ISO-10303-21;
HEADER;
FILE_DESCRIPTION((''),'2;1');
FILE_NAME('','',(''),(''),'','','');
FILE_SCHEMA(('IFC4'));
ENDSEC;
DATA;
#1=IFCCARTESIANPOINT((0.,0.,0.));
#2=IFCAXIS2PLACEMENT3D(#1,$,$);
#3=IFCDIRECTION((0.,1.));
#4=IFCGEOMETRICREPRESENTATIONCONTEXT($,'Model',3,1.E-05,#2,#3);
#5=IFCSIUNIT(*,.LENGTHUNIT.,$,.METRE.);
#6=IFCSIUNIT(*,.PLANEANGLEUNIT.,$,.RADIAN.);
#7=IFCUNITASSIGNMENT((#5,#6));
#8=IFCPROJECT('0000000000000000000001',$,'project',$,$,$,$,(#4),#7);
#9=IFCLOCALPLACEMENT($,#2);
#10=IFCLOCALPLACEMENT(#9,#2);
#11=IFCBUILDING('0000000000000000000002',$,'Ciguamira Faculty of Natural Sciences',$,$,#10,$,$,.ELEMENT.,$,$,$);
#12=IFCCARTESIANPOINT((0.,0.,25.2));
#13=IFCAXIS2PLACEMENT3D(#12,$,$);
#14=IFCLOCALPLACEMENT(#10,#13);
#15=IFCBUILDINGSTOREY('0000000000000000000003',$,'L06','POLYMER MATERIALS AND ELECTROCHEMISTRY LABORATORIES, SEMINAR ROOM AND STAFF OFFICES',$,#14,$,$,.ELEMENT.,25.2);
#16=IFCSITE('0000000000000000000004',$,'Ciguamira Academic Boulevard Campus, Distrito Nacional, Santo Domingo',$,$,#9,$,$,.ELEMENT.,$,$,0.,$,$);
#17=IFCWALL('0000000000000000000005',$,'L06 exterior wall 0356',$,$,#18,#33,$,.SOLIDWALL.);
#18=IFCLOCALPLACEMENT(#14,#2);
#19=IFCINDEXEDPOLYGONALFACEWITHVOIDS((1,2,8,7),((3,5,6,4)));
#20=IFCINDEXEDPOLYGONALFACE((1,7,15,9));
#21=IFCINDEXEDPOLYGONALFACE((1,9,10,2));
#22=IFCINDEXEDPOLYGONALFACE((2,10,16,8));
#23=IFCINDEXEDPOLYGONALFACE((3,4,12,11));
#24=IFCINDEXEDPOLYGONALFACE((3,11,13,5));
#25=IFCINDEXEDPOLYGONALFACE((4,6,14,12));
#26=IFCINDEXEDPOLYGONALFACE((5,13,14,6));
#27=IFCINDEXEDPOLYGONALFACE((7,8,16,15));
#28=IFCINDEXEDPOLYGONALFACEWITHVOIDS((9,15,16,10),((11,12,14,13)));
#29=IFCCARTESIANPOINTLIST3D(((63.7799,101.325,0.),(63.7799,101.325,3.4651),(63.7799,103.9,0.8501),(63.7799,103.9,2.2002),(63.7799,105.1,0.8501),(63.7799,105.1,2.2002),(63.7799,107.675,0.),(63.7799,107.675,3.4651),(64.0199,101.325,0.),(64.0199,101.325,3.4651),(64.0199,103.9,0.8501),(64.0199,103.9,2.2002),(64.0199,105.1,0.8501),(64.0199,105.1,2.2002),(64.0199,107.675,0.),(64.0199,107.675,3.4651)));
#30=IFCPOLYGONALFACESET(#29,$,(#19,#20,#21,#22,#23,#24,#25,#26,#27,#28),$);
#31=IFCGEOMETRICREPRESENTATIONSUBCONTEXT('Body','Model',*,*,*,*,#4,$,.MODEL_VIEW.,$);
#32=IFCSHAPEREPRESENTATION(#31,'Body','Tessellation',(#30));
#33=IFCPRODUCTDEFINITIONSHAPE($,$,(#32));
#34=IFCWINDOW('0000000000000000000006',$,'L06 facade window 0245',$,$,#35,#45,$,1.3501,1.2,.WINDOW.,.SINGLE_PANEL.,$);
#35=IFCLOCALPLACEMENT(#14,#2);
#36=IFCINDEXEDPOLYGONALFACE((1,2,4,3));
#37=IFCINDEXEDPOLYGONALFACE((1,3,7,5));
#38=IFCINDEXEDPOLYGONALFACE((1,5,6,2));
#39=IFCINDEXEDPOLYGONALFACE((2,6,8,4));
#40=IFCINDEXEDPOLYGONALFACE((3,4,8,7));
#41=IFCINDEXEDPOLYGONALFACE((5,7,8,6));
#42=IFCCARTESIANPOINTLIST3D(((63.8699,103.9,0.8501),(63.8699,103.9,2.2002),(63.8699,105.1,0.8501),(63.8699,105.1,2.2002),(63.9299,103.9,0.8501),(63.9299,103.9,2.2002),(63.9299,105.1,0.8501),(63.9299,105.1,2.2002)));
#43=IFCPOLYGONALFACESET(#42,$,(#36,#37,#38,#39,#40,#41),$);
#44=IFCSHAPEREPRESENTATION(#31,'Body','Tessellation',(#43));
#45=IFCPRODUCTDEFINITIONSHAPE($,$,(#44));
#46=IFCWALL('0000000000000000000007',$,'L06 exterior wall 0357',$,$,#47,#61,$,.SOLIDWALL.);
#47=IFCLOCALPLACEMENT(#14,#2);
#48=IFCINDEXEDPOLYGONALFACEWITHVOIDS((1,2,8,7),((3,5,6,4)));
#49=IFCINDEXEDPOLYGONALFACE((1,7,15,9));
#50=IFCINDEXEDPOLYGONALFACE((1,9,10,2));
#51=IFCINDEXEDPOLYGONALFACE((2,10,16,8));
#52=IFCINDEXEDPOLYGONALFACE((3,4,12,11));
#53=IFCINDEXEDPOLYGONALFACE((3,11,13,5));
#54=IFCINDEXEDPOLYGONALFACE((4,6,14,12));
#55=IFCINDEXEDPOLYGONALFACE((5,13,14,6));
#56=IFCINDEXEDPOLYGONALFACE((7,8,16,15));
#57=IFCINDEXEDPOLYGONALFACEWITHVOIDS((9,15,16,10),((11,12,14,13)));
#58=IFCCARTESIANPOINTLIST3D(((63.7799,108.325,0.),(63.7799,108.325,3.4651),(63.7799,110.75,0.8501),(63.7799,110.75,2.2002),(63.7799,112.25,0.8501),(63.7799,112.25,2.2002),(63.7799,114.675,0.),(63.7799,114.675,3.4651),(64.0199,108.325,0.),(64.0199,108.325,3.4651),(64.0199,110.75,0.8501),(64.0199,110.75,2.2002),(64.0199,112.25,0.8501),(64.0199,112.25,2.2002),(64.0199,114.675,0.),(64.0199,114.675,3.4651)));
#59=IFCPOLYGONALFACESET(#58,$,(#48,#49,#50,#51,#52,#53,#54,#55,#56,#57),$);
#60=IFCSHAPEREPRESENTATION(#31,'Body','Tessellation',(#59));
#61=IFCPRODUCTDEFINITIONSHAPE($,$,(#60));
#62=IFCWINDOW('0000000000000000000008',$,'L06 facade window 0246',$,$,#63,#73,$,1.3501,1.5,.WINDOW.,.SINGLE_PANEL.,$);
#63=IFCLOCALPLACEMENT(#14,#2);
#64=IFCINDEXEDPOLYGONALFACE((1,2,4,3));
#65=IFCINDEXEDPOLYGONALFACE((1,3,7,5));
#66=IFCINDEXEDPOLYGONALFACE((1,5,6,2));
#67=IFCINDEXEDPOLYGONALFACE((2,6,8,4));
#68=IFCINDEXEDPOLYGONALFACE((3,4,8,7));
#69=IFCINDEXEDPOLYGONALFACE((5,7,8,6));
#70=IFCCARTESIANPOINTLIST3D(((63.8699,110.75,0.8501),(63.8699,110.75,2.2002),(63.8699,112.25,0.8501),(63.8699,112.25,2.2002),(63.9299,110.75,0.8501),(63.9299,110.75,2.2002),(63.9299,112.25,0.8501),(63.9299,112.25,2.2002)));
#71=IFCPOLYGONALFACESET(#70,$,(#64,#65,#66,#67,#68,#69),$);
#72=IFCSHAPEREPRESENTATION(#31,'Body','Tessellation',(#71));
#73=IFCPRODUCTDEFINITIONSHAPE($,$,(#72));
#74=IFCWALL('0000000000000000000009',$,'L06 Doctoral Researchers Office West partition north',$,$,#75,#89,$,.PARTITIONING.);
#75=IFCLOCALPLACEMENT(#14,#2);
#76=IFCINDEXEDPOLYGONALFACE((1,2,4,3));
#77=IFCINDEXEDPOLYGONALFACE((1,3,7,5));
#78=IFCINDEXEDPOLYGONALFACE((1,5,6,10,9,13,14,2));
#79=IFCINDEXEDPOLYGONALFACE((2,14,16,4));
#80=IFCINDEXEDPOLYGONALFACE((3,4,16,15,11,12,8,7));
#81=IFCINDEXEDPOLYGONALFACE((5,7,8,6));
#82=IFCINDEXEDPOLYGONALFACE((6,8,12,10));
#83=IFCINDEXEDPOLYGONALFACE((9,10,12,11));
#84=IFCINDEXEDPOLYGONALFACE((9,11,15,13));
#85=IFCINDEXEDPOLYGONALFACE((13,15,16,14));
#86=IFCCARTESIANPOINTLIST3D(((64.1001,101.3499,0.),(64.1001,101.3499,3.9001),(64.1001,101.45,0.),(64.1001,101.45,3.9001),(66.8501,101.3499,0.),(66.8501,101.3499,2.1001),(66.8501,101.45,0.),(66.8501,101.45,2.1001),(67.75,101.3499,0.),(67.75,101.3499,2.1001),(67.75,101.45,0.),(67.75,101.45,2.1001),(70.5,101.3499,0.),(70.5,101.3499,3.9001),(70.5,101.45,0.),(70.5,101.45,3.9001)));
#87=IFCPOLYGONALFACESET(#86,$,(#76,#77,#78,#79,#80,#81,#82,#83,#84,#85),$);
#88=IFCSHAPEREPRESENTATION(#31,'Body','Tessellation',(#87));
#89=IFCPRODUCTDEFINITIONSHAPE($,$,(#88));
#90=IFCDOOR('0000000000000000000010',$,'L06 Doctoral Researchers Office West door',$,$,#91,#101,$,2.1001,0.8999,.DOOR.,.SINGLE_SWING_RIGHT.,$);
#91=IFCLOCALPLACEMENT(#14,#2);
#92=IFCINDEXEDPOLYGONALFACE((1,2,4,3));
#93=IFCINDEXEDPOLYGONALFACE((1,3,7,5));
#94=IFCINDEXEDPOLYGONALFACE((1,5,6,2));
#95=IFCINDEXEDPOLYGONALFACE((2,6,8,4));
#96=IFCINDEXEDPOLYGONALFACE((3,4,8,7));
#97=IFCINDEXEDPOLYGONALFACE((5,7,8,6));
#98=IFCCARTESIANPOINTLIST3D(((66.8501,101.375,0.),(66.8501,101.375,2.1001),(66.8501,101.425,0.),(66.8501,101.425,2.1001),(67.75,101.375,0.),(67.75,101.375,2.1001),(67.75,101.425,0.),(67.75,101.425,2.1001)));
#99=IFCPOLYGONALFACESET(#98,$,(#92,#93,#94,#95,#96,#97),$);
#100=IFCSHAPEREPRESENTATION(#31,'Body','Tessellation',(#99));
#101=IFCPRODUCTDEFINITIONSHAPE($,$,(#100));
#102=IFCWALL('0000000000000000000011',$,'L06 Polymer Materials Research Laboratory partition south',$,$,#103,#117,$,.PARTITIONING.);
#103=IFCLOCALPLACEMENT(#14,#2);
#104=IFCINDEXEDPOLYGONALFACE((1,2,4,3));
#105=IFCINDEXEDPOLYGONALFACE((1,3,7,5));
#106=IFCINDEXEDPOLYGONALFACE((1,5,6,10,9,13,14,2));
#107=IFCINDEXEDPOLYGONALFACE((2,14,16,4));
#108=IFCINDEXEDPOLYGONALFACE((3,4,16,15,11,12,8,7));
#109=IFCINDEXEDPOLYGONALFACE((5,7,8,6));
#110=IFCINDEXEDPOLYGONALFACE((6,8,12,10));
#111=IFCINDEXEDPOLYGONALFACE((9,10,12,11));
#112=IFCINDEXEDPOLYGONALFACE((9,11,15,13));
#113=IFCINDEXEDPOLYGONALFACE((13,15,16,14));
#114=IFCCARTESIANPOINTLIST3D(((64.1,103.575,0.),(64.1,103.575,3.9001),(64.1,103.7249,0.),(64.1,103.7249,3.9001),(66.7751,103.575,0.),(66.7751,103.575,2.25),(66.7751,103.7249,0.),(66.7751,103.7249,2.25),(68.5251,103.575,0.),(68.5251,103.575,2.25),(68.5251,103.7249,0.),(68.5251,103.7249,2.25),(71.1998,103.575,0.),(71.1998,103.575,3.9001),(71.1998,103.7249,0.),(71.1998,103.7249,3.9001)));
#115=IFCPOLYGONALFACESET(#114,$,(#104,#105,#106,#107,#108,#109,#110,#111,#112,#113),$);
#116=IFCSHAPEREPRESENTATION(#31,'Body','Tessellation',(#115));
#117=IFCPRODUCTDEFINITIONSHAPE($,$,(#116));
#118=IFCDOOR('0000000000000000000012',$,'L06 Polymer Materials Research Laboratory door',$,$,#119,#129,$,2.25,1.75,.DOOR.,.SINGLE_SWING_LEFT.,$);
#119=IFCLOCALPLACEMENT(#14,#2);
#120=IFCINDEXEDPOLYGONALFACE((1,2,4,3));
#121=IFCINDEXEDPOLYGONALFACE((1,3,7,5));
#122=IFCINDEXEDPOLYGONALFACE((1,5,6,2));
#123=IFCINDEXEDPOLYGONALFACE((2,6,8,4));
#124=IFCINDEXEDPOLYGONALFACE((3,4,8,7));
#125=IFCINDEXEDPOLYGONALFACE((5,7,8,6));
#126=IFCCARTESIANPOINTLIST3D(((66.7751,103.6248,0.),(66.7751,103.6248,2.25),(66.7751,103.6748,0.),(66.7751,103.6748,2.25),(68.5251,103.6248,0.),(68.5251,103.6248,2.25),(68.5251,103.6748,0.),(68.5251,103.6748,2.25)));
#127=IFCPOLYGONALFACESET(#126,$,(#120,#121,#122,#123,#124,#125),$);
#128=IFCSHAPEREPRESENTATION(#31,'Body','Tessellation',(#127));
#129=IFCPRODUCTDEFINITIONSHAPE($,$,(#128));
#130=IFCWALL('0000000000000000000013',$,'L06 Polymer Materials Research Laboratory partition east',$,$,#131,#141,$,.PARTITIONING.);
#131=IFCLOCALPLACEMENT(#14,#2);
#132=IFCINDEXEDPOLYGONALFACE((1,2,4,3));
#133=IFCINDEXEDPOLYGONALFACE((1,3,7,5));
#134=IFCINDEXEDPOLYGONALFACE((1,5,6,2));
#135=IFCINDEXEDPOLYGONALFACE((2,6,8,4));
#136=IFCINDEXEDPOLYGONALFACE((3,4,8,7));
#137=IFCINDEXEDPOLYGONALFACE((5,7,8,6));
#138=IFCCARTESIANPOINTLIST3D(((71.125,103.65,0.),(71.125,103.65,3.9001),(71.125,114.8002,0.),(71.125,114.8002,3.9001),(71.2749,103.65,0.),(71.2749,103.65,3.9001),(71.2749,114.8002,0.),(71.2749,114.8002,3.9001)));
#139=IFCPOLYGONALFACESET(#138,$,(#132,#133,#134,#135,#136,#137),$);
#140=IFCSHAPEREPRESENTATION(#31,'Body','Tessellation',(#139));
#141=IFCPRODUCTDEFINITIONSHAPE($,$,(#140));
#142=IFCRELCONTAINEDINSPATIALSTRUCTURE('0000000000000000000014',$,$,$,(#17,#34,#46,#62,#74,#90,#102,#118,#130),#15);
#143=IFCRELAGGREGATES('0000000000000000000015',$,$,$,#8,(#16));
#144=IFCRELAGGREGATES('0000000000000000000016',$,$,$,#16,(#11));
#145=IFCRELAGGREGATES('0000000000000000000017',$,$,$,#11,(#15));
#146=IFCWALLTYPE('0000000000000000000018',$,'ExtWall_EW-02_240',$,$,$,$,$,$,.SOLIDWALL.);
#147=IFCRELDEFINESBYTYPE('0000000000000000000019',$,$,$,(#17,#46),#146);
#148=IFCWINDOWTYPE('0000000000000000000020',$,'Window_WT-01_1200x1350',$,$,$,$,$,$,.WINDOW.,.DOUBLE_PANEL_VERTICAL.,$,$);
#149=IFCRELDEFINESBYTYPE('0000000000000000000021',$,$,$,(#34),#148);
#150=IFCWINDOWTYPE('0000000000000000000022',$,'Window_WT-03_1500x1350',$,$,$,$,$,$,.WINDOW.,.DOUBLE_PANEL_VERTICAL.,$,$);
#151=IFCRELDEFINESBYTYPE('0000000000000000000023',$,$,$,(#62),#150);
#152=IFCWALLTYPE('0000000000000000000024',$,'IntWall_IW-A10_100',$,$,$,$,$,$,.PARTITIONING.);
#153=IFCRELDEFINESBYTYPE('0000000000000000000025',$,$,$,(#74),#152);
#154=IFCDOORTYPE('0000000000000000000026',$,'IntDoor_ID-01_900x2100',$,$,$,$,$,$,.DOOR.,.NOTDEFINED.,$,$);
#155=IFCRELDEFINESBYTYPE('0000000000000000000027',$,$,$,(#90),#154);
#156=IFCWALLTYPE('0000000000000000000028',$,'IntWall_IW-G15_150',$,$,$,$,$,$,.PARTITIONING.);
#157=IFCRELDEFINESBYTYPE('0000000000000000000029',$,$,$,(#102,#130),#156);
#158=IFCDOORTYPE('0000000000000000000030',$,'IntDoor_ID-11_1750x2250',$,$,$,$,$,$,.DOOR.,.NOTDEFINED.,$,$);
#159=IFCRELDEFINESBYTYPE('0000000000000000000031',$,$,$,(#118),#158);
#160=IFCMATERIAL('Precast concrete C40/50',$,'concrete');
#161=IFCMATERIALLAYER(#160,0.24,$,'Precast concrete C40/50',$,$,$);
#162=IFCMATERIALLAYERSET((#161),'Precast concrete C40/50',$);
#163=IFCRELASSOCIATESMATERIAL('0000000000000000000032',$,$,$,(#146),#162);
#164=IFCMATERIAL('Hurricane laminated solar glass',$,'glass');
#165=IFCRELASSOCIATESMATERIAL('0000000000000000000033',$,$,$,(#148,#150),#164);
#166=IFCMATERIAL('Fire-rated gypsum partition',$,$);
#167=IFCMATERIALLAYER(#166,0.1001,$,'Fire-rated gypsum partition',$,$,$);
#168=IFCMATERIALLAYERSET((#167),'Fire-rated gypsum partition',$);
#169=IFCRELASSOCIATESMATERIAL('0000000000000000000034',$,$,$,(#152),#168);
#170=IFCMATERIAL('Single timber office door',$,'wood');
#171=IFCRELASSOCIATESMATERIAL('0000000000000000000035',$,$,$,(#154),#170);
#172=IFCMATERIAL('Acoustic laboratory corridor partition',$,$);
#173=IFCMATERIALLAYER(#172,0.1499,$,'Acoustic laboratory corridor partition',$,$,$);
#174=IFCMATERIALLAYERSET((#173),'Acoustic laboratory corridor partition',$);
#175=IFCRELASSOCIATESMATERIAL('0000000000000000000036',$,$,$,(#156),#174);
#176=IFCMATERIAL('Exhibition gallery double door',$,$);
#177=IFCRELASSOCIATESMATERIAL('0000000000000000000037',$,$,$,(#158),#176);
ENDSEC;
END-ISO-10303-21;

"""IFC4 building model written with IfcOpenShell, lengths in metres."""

from ifc_helpers import new_model, si_unit, direction, frame, frame_2d, origin, place, context, subcontext, project, spatial, rectangle, extrude, material, layer, layer_set, type_object, element, fill, save


model = new_model("IFC4")

# Units and contexts
model_context = context("Model", 3, precision=1e-05, world=origin(), true_north=direction((0.0, 1.0)))
body_context = subcontext(model_context, "Body", "Model", "MODEL_VIEW")
ifc_project = project(units=[si_unit("LENGTHUNIT", "METRE"), si_unit("PLANEANGLEUNIT", "RADIAN")], contexts=[model_context])

# Site, building, storey
site_placement = place(None, origin())
site = spatial("IfcSite", under=ifc_project, at=site_placement, Name="Ciguamira Academic Boulevard Campus, Distrito Nacional, Santo Domingo", CompositionType="ELEMENT", RefElevation=0.0)
building_placement = place(site_placement, origin())
building = spatial("IfcBuilding", under=site, at=building_placement, Name="Ciguamira Faculty of Natural Sciences", CompositionType="ELEMENT")
storey_placement = place(building_placement, frame((0.0, 0.0, 25.2)))
storey = spatial("IfcBuildingStorey", under=building, at=storey_placement, Name="L06", Description="POLYMER MATERIALS AND ELECTROCHEMISTRY LABORATORIES, SEMINAR ROOM AND STAFF OFFICES", CompositionType="ELEMENT", Elevation=25.2)

# Shared definitions
ifc_material_1 = material(Name="Precast concrete C40/50", Category="concrete")

# Walls, openings, windows
ifc_layer_1 = layer(ifc_material_1, 0.24, Name="Precast concrete C40/50")
ifc_layer_set_1 = layer_set([ifc_layer_1], Name="Precast concrete C40/50")
wall_type_1 = type_object("IfcWallType", Name="ExtWall_EW-02_240", PredefinedType="SOLIDWALL", material=ifc_layer_set_1)
wall_1_placement = place(storey_placement, frame((63.8999, 101.325, 0.0), z_axis=(0.0, 0.0, 1.0), x_axis=(0.0, 1.0, 0.0)))
wall_1 = element("IfcWall", 1, at=wall_1_placement, inside=storey, type_object=wall_type_1, Name="L06 exterior wall 0356", PredefinedType="SOLIDWALL", context=body_context, shape_type="SweptSolid", body=[
    extrude(rectangle(XDim=6.3501, YDim=0.24, at=frame_2d((3.175, 0.0))), origin(), (0.0, 0.0, 1.0), 3.4651),
])
opening_1_placement = place(wall_1_placement, frame((2.575, 0.0, 0.8501)))
opening_1 = element("IfcOpeningElement", 2, at=opening_1_placement, cuts=wall_1, PredefinedType="OPENING", context=body_context, shape_type="SweptSolid", body=[
    extrude(rectangle(XDim=1.2, YDim=1.3501, at=frame_2d((0.6001, 0.675))), frame((0.0, 0.1299, 0.0), z_axis=(0.0, -1.0, 0.0), x_axis=(1.0, 0.0, 0.0)), (0.0, 0.0, 1.0), 0.26),
])
ifc_material_2 = material(Name="Hurricane laminated solar glass", Category="glass")
window_type_1 = type_object("IfcWindowType", Name="Window_WT-01_1200x1350", PartitioningType="DOUBLE_PANEL_VERTICAL", PredefinedType="WINDOW", material=ifc_material_2)
window_1_placement = place(opening_1_placement, origin())
window_1 = element("IfcWindow", 3, at=window_1_placement, inside=storey, type_object=window_type_1, Name="L06 facade window 0245", OverallHeight=1.3501, OverallWidth=1.2, PartitioningType="SINGLE_PANEL", PredefinedType="WINDOW", context=body_context, shape_type="SweptSolid", body=[
    extrude(rectangle(XDim=1.2, YDim=1.3501, at=frame_2d((0.6001, 0.675))), frame((0.0, 0.03, 0.0), z_axis=(0.0, -1.0, 0.0), x_axis=(1.0, 0.0, 0.0)), (0.0, 0.0, 1.0), 0.0601),
])
fill(opening_1, window_1)
wall_2_placement = place(storey_placement, frame((63.8999, 108.325, 0.0), z_axis=(0.0, 0.0, 1.0), x_axis=(0.0, 1.0, 0.0)))
wall_2 = element("IfcWall", 4, at=wall_2_placement, inside=storey, type_object=wall_type_1, Name="L06 exterior wall 0357", PredefinedType="SOLIDWALL", context=body_context, shape_type="SweptSolid", body=[
    extrude(rectangle(XDim=6.3501, YDim=0.24, at=frame_2d((3.175, 0.0))), origin(), (0.0, 0.0, 1.0), 3.4651),
])
opening_2_placement = place(wall_2_placement, frame((2.425, 0.0, 0.8501)))
opening_2 = element("IfcOpeningElement", 5, at=opening_2_placement, cuts=wall_2, PredefinedType="OPENING", context=body_context, shape_type="SweptSolid", body=[
    extrude(rectangle(XDim=1.5, YDim=1.3501, at=frame_2d((0.75, 0.675))), frame((0.0, 0.1299, 0.0), z_axis=(0.0, -1.0, 0.0), x_axis=(1.0, 0.0, 0.0)), (0.0, 0.0, 1.0), 0.26),
])
window_type_2 = type_object("IfcWindowType", Name="Window_WT-03_1500x1350", PartitioningType="DOUBLE_PANEL_VERTICAL", PredefinedType="WINDOW", material=ifc_material_2)
window_2_placement = place(opening_2_placement, origin())
window_2 = element("IfcWindow", 6, at=window_2_placement, inside=storey, type_object=window_type_2, Name="L06 facade window 0246", OverallHeight=1.3501, OverallWidth=1.5, PartitioningType="SINGLE_PANEL", PredefinedType="WINDOW", context=body_context, shape_type="SweptSolid", body=[
    extrude(rectangle(XDim=1.5, YDim=1.3501, at=frame_2d((0.75, 0.675))), frame((0.0, 0.03, 0.0), z_axis=(0.0, -1.0, 0.0), x_axis=(1.0, 0.0, 0.0)), (0.0, 0.0, 1.0), 0.0601),
])
fill(opening_2, window_2)

# Walls, openings, doors
ifc_material_3 = material(Name="Fire-rated gypsum partition")
ifc_layer_2 = layer(ifc_material_3, 0.1001, Name="Fire-rated gypsum partition")
ifc_layer_set_2 = layer_set([ifc_layer_2], Name="Fire-rated gypsum partition")
wall_type_2 = type_object("IfcWallType", Name="IntWall_IW-A10_100", PredefinedType="PARTITIONING", material=ifc_layer_set_2)
wall_3_placement = place(storey_placement, frame((64.1001, 101.3999, 0.0), z_axis=(0.0, 0.0, 1.0), x_axis=(1.0, 0.0, 0.0)))
wall_3 = element("IfcWall", 7, at=wall_3_placement, inside=storey, type_object=wall_type_2, Name="L06 Doctoral Researchers Office West partition north", PredefinedType="PARTITIONING", context=body_context, shape_type="SweptSolid", body=[
    extrude(rectangle(XDim=6.3999, YDim=0.1001, at=frame_2d((3.2, 0.0))), origin(), (0.0, 0.0, 1.0), 3.9001),
])
opening_3_placement = place(wall_3_placement, frame((2.75, 0.0, 0.0)))
opening_3 = element("IfcOpeningElement", 8, at=opening_3_placement, cuts=wall_3, PredefinedType="OPENING", context=body_context, shape_type="SweptSolid", body=[
    extrude(rectangle(XDim=0.8999, YDim=2.1001, at=frame_2d((0.45, 1.05))), frame((0.0, 0.0601, 0.0), z_axis=(0.0, -1.0, 0.0), x_axis=(1.0, 0.0, 0.0)), (0.0, 0.0, 1.0), 0.1201),
])
ifc_material_4 = material(Name="Single timber office door", Category="wood")
door_type_1 = type_object("IfcDoorType", Name="IntDoor_ID-01_900x2100", OperationType="NOTDEFINED", PredefinedType="DOOR", material=ifc_material_4)
door_1_placement = place(opening_3_placement, frame((0.8999, 0.0, 0.0), z_axis=(0.0, 0.0, 1.0), x_axis=(-1.0, 0.0, 0.0)))
door_1 = element("IfcDoor", 9, at=door_1_placement, inside=storey, type_object=door_type_1, Name="L06 Doctoral Researchers Office West door", OperationType="SINGLE_SWING_RIGHT", OverallHeight=2.1001, OverallWidth=0.8999, PredefinedType="DOOR", context=body_context, shape_type="SweptSolid", body=[
    extrude(rectangle(XDim=0.8999, YDim=2.1001, at=frame_2d((0.45, 1.05))), frame((0.0, 0.0249, 0.0), z_axis=(0.0, -1.0, 0.0), x_axis=(1.0, 0.0, 0.0)), (0.0, 0.0, 1.0), 0.05),
])
fill(opening_3, door_1)
ifc_material_5 = material(Name="Acoustic laboratory corridor partition")
ifc_layer_3 = layer(ifc_material_5, 0.1499, Name="Acoustic laboratory corridor partition")
ifc_layer_set_3 = layer_set([ifc_layer_3], Name="Acoustic laboratory corridor partition")
wall_type_3 = type_object("IfcWallType", Name="IntWall_IW-G15_150", PredefinedType="PARTITIONING", material=ifc_layer_set_3)
wall_4_placement = place(storey_placement, frame((64.1001, 103.6499, 0.0), z_axis=(0.0, 0.0, 1.0), x_axis=(1.0, 0.0, 0.0)))
wall_4 = element("IfcWall", 10, at=wall_4_placement, inside=storey, type_object=wall_type_3, Name="L06 Polymer Materials Research Laboratory partition south", PredefinedType="PARTITIONING", context=body_context, shape_type="SweptSolid", body=[
    extrude(rectangle(XDim=7.0999, YDim=0.1499, at=frame_2d((3.5498, 0.0))), origin(), (0.0, 0.0, 1.0), 3.9001),
])
opening_4_placement = place(wall_4_placement, frame((2.675, 0.0, 0.0)))
opening_4 = element("IfcOpeningElement", 11, at=opening_4_placement, cuts=wall_4, PredefinedType="OPENING", context=body_context, shape_type="SweptSolid", body=[
    extrude(rectangle(XDim=1.75, YDim=2.25, at=frame_2d((0.875, 1.125))), frame((0.0, 0.085, 0.0), z_axis=(0.0, -1.0, 0.0), x_axis=(1.0, 0.0, 0.0)), (0.0, 0.0, 1.0), 0.1699),
])
ifc_material_6 = material(Name="Exhibition gallery double door")
door_type_2 = type_object("IfcDoorType", Name="IntDoor_ID-11_1750x2250", OperationType="NOTDEFINED", PredefinedType="DOOR", material=ifc_material_6)
door_2_placement = place(opening_4_placement, origin())
door_2 = element("IfcDoor", 12, at=door_2_placement, inside=storey, type_object=door_type_2, Name="L06 Polymer Materials Research Laboratory door", OperationType="SINGLE_SWING_LEFT", OverallHeight=2.25, OverallWidth=1.75, PredefinedType="DOOR", context=body_context, shape_type="SweptSolid", body=[
    extrude(rectangle(XDim=1.75, YDim=2.25, at=frame_2d((0.875, 1.125))), frame((0.0, 0.0249, 0.0), z_axis=(0.0, -1.0, 0.0), x_axis=(1.0, 0.0, 0.0)), (0.0, 0.0, 1.0), 0.05),
])
fill(opening_4, door_2)

# Wall
wall_5_placement = place(storey_placement, frame((71.2, 103.6499, 0.0), z_axis=(0.0, 0.0, 1.0), x_axis=(0.0, 1.0, 0.0)))
element("IfcWall", 13, at=wall_5_placement, inside=storey, type_object=wall_type_3, Name="L06 Polymer Materials Research Laboratory partition east", PredefinedType="PARTITIONING", context=body_context, shape_type="SweptSolid", body=[
    extrude(rectangle(XDim=11.1501, YDim=0.1499, at=frame_2d((5.5752, 0.0))), origin(), (0.0, 0.0, 1.0), 3.9001),
])

save(model, "model.ifc")
